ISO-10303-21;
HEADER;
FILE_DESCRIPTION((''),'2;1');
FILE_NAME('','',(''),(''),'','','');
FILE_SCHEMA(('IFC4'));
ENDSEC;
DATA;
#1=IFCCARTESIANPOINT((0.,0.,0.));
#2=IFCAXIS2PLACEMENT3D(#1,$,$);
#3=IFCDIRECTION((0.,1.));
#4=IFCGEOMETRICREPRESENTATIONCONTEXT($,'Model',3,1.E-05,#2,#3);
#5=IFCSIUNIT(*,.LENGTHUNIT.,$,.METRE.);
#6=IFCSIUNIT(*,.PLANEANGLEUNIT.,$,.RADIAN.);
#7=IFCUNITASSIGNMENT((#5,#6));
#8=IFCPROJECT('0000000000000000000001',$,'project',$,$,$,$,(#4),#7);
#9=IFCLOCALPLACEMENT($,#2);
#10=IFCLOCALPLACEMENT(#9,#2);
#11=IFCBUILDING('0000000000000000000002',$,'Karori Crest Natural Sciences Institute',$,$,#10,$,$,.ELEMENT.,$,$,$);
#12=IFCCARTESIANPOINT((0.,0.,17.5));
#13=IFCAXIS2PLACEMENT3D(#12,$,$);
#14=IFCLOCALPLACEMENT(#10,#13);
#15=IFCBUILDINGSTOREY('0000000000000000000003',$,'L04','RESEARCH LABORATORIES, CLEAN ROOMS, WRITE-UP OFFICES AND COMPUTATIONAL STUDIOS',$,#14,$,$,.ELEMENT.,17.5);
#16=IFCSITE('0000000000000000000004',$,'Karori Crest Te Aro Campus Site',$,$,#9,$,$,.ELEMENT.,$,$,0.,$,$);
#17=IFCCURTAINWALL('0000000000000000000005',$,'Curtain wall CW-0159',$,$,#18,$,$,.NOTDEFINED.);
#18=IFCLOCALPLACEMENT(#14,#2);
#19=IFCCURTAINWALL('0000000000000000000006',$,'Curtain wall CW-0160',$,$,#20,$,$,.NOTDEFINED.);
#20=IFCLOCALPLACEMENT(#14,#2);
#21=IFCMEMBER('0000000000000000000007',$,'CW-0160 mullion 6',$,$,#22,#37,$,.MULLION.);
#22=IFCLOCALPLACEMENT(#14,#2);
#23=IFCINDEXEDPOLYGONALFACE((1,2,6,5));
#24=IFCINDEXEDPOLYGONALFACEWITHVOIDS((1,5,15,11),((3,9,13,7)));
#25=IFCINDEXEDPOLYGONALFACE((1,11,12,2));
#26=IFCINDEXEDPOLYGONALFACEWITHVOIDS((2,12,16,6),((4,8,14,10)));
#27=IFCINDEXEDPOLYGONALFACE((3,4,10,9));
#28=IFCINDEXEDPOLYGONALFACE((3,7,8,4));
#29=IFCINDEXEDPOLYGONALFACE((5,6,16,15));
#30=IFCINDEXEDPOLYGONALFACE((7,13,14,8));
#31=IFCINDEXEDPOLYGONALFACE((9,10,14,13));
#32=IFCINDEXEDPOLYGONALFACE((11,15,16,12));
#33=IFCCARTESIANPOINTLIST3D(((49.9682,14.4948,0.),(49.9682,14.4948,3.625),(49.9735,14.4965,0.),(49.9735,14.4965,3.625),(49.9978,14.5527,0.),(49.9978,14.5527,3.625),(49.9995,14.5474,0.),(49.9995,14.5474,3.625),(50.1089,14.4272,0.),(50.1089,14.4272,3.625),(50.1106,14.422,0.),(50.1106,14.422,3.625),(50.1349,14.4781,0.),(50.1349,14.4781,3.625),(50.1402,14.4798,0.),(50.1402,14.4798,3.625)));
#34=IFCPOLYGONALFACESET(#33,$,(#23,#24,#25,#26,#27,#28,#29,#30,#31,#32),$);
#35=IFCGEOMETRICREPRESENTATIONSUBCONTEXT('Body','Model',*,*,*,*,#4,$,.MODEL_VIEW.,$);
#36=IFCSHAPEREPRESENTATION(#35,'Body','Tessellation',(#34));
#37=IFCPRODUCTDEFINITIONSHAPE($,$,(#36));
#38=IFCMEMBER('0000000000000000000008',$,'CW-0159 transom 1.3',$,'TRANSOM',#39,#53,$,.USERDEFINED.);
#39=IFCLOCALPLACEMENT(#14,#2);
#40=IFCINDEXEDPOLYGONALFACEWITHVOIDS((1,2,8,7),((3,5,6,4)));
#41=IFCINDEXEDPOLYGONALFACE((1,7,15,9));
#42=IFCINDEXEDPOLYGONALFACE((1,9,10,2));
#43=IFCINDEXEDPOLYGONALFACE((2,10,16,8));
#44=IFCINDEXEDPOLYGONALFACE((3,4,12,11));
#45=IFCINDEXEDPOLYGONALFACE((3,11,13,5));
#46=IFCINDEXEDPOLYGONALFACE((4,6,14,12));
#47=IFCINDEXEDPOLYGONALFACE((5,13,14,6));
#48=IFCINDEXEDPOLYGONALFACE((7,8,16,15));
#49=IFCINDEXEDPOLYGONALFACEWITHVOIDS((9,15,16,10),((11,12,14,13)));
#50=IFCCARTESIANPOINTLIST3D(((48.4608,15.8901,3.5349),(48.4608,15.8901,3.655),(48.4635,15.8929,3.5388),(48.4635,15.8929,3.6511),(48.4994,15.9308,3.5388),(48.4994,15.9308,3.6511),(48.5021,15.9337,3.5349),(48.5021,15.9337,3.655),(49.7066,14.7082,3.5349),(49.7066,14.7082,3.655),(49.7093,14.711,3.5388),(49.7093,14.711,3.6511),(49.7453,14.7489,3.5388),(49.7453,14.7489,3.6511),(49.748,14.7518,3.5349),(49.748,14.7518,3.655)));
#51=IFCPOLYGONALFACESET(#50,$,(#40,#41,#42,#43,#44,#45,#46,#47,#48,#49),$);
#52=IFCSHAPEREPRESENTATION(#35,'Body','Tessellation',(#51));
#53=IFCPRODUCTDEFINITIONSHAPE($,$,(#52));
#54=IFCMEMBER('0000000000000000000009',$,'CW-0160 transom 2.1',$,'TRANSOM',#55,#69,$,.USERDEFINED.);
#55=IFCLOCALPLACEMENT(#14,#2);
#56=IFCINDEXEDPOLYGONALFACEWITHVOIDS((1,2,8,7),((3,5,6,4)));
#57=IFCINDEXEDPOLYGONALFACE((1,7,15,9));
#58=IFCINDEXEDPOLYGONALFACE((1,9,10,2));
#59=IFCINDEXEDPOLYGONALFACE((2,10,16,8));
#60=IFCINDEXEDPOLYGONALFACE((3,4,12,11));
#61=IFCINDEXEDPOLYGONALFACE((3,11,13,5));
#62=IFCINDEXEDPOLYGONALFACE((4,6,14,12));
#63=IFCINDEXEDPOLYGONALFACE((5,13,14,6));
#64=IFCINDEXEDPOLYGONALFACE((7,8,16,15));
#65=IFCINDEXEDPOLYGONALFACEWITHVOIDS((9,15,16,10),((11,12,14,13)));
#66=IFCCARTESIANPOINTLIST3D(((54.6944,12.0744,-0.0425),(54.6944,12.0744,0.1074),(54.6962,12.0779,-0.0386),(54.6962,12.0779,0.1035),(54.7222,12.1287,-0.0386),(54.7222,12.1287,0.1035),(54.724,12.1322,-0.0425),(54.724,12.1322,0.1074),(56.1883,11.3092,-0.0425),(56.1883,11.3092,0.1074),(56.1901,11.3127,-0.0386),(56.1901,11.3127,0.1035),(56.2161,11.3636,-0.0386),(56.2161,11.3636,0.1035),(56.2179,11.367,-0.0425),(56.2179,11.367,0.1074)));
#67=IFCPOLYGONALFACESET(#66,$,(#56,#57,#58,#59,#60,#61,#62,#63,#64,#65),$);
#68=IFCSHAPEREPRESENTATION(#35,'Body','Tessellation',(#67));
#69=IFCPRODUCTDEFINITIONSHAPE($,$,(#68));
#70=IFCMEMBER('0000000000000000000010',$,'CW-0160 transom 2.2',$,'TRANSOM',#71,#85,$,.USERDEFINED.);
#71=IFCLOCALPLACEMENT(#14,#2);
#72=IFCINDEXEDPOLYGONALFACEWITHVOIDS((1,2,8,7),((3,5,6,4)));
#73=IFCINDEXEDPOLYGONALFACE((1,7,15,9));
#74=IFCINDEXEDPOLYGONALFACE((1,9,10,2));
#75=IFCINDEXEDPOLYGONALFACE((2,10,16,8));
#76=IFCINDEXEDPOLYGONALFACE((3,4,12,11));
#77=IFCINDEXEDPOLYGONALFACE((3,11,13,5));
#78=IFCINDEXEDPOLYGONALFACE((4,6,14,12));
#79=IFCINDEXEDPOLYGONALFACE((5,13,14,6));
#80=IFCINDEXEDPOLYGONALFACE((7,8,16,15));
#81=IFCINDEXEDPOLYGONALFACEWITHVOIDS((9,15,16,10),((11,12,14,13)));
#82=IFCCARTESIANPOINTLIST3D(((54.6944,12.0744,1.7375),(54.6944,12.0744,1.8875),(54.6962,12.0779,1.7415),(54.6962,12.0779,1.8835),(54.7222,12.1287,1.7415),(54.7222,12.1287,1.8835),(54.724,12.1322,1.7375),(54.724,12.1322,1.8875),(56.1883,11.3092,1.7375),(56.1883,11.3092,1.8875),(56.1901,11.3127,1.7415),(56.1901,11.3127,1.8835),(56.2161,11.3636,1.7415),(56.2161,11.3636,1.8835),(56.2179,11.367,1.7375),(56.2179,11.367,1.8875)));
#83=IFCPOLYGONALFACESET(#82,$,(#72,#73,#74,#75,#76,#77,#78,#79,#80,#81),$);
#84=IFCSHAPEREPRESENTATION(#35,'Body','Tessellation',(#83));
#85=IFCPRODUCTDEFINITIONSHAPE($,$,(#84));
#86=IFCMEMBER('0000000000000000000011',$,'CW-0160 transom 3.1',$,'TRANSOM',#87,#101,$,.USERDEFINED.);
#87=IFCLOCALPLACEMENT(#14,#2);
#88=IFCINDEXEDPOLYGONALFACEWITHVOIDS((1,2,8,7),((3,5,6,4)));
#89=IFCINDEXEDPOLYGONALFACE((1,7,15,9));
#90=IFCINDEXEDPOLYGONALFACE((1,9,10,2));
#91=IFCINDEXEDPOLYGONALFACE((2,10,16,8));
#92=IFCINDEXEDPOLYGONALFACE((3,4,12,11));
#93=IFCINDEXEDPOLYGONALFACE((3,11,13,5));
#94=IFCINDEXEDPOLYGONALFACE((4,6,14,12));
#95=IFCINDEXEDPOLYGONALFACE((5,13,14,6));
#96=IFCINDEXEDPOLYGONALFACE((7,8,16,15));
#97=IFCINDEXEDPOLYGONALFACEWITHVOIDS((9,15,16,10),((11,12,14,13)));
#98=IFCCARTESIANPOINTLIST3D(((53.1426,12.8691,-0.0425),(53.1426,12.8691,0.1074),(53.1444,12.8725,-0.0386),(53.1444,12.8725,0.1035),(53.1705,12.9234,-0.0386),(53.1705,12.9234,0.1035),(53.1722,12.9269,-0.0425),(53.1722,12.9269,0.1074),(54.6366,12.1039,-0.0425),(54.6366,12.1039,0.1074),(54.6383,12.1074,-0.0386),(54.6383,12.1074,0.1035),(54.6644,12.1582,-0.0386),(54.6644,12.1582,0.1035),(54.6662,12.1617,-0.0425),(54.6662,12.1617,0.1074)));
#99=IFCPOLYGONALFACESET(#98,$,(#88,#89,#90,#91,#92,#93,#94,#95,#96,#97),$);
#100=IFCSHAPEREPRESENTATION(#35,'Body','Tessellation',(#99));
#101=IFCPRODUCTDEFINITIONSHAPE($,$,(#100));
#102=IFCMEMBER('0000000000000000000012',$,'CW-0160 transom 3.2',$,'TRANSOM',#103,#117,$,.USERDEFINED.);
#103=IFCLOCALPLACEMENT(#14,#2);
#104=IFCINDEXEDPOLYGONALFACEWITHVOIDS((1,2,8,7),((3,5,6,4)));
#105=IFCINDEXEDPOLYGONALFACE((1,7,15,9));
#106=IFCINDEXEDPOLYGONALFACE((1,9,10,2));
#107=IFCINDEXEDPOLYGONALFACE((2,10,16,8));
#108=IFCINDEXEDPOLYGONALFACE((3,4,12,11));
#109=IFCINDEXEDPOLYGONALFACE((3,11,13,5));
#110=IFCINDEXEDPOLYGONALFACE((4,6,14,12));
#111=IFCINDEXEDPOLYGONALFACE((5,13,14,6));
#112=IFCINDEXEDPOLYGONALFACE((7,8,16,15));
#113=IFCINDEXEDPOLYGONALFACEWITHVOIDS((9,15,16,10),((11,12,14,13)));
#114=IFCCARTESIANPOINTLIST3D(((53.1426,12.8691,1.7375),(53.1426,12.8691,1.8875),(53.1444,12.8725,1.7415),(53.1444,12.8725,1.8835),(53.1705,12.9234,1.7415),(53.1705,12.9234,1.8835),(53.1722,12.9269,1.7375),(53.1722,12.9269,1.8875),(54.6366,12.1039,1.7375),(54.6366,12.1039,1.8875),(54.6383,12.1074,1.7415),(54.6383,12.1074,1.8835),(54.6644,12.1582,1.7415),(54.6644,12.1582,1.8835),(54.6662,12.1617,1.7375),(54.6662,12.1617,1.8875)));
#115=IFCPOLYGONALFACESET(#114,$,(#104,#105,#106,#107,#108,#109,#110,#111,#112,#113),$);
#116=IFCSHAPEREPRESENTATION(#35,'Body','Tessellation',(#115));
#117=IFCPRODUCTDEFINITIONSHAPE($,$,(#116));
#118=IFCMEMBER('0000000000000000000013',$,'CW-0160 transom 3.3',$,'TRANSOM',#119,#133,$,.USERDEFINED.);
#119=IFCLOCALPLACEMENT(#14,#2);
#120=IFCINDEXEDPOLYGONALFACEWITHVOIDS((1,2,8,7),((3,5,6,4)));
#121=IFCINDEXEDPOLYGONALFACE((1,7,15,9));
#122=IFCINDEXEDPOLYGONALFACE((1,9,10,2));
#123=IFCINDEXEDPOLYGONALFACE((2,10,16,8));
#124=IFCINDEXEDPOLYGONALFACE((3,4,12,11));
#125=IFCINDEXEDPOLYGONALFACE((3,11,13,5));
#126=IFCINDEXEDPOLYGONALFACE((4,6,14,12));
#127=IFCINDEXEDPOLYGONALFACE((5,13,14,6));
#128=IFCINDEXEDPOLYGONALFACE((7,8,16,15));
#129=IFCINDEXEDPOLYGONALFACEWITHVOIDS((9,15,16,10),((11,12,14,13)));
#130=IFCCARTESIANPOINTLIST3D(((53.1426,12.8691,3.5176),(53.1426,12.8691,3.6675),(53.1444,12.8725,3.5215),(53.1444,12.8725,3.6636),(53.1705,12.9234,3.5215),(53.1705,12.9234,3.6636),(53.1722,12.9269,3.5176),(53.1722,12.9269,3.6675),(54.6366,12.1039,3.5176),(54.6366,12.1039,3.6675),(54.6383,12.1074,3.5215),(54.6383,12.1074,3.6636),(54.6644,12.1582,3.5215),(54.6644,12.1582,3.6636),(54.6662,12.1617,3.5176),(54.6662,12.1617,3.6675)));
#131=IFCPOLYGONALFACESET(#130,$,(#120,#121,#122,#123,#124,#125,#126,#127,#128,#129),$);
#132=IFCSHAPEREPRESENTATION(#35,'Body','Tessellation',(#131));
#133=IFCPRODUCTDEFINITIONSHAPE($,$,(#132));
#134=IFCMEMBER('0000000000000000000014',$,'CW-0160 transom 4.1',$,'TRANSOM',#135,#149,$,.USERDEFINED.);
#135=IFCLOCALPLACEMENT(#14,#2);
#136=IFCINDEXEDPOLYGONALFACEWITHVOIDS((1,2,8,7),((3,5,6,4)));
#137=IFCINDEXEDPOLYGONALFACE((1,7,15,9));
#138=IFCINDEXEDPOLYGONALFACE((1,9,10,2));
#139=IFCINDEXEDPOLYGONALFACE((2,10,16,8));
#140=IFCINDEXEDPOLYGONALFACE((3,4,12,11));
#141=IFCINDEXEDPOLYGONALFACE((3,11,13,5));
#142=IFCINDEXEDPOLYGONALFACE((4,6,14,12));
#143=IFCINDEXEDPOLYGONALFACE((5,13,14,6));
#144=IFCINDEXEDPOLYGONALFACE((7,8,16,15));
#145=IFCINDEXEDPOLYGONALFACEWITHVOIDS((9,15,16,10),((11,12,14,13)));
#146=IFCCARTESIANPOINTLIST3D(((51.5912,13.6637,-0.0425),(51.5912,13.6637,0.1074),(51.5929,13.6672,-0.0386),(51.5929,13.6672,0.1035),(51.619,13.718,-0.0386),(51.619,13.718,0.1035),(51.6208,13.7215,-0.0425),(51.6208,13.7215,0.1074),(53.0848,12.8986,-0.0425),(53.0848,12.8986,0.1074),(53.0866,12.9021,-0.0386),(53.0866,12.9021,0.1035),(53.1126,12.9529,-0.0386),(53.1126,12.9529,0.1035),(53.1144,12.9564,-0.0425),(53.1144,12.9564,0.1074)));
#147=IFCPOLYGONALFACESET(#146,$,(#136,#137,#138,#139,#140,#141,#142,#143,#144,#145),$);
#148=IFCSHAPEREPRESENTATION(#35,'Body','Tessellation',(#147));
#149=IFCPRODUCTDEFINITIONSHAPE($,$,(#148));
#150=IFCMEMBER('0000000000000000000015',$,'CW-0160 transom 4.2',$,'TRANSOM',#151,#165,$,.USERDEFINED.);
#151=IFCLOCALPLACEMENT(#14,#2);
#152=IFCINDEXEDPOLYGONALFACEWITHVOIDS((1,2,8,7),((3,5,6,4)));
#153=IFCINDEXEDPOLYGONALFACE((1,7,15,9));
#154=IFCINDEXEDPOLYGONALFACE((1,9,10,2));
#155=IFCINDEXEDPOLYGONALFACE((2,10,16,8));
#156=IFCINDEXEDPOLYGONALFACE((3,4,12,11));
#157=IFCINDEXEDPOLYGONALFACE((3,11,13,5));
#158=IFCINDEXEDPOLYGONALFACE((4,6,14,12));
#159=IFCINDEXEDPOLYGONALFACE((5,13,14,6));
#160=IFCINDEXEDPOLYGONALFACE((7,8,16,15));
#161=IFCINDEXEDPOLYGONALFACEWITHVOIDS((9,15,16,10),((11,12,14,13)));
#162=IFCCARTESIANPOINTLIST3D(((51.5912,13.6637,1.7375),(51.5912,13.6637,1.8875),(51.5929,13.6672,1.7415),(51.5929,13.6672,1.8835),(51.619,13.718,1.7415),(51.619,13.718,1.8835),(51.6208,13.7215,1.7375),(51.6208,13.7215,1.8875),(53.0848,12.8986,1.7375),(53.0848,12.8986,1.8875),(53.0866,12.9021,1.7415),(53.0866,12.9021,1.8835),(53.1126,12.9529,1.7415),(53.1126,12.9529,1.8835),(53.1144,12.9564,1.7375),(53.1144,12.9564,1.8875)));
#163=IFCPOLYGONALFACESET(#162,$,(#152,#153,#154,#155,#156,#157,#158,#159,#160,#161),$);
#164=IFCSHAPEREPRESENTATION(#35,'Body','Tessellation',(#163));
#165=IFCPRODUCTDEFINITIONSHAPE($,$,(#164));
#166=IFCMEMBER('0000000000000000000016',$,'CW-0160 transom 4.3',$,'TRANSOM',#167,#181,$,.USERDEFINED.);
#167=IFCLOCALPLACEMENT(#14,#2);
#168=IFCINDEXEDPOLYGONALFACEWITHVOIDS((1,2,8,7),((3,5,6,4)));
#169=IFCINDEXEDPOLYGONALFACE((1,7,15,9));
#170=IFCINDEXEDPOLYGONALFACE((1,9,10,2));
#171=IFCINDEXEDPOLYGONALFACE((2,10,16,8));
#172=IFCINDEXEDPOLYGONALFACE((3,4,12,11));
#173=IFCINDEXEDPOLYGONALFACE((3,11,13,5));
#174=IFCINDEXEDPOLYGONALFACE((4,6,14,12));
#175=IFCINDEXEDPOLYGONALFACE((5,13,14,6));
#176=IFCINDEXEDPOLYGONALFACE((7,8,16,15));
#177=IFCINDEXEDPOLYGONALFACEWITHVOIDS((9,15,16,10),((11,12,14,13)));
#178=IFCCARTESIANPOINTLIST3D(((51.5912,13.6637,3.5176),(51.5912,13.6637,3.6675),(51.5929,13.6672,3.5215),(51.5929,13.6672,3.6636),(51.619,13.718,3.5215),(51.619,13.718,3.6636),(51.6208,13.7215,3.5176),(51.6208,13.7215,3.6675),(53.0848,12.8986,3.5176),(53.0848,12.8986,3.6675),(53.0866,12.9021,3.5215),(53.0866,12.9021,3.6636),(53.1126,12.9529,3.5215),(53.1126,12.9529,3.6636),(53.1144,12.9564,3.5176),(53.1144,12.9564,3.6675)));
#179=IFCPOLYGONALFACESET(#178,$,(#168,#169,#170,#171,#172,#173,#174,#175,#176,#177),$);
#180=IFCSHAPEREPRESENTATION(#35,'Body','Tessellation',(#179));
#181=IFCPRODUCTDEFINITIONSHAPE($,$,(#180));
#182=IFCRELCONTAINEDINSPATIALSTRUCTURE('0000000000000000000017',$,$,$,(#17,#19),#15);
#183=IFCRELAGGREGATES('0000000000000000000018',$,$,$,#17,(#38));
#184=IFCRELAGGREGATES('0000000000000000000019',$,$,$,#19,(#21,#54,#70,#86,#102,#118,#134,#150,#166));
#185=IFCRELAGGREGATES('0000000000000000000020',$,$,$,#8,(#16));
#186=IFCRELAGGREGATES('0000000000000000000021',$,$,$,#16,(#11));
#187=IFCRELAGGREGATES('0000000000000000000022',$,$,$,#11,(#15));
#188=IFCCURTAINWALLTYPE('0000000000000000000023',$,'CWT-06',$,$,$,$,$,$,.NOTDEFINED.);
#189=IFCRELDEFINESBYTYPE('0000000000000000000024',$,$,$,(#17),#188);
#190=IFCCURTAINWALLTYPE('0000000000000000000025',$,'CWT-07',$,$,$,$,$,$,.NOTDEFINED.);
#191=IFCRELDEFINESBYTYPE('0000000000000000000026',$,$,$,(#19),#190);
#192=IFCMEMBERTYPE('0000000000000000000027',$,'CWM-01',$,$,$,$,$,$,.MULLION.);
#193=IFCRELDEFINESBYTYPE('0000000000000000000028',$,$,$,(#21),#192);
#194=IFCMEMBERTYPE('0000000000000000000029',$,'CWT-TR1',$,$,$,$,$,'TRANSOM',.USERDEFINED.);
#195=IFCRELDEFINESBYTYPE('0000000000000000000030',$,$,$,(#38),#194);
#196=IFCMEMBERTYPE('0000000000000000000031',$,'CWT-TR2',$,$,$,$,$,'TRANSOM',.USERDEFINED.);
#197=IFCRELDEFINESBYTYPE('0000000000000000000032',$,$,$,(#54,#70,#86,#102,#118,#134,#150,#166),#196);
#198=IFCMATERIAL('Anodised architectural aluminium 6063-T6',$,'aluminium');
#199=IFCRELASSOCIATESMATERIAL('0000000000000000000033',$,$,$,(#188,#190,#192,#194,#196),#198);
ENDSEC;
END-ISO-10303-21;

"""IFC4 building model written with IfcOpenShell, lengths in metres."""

from ifc_helpers import new_model, si_unit, direction, frame, origin, origin_2d, place, context, subcontext, project, spatial, hollow_rectangle, extrude, material, material_profile, profile_set, type_object, element, aggregate, save


model = new_model("IFC4")

# Units and contexts
model_context = context("Model", 3, precision=1e-05, world=origin(), true_north=direction((0.0, 1.0)))
body_context = subcontext(model_context, "Body", "Model", "MODEL_VIEW")
ifc_project = project(units=[si_unit("LENGTHUNIT", "METRE"), si_unit("PLANEANGLEUNIT", "RADIAN")], contexts=[model_context])

# Site, building, storey
site_placement = place(None, origin())
site = spatial("IfcSite", under=ifc_project, at=site_placement, Name="Karori Crest Te Aro Campus Site", CompositionType="ELEMENT", RefElevation=0.0)
building_placement = place(site_placement, origin())
building = spatial("IfcBuilding", under=site, at=building_placement, Name="Karori Crest Natural Sciences Institute", CompositionType="ELEMENT")
storey_placement = place(building_placement, frame((0.0, 0.0, 17.5)))
storey = spatial("IfcBuildingStorey", under=building, at=storey_placement, Name="L04", Description="RESEARCH LABORATORIES, CLEAN ROOMS, WRITE-UP OFFICES AND COMPUTATIONAL STUDIOS", CompositionType="ELEMENT", Elevation=17.5)

# Curtain wall
ifc_material_1 = material(Name="Anodised architectural aluminium 6063-T6", Category="aluminium")
curtain_wall_type_1 = type_object("IfcCurtainWallType", Name="CWT-06", PredefinedType="NOTDEFINED", material=ifc_material_1)
curtain_wall_1_placement = place(storey_placement, origin())
curtain_wall_1 = element("IfcCurtainWall", 1, at=curtain_wall_1_placement, inside=storey, type_object=curtain_wall_type_1, Name="Curtain wall CW-0159", PredefinedType="NOTDEFINED")
ifc_material_profile_1 = material_profile(ifc_material_1, hollow_rectangle(XDim=0.0649, YDim=0.1599, WallThickness=0.0039, at=origin_2d()), Name="CWM160x65x4")
ifc_profile_set_1 = profile_set([ifc_material_profile_1], Name="Anodised architectural aluminium 6063-T6")
member_type_1 = type_object("IfcMemberType", Name="CWM-01", PredefinedType="MULLION", material=ifc_profile_set_1)

# Curtain wall, member
curtain_wall_type_2 = type_object("IfcCurtainWallType", Name="CWT-07", PredefinedType="NOTDEFINED", material=ifc_material_1)
curtain_wall_2_placement = place(storey_placement, origin())
curtain_wall_2 = element("IfcCurtainWall", 2, at=curtain_wall_2_placement, inside=storey, type_object=curtain_wall_type_2, Name="Curtain wall CW-0160", PredefinedType="NOTDEFINED")
member_1_placement = place(storey_placement, frame((50.0542, 14.4873, 0.0), z_axis=(0.0, 0.0, 1.0), x_axis=(-0.455829, -0.890067, 0.0)))
member_1 = element("IfcMember", 3, at=member_1_placement, type_object=member_type_1, Name="CW-0160 mullion 6", PredefinedType="MULLION", context=body_context, shape_type="SweptSolid", body=[
    extrude(hollow_rectangle(XDim=0.0649, YDim=0.1599, WallThickness=0.0039, at=origin_2d()), origin(), (0.0, 0.0, 1.0), 3.625),
])

# Members
ifc_material_profile_2 = material_profile(ifc_material_1, hollow_rectangle(XDim=0.0601, YDim=0.1201, WallThickness=0.0039, at=origin_2d()), Name="CWT120x60x4")
ifc_profile_set_2 = profile_set([ifc_material_profile_2], Name="Anodised architectural aluminium 6063-T6")
member_type_2 = type_object("IfcMemberType", Name="CWT-TR1", ElementType="TRANSOM", PredefinedType="USERDEFINED", material=ifc_profile_set_2)
member_2_placement = place(storey_placement, frame((49.7273, 14.73, 3.595), z_axis=(-0.725486, 0.688237, 0.0), x_axis=(-0.688237, -0.725486, 0.0)))
member_2 = element("IfcMember", 4, at=member_2_placement, type_object=member_type_2, Name="CW-0159 transom 1.3", ObjectType="TRANSOM", PredefinedType="USERDEFINED", context=body_context, shape_type="SweptSolid", body=[
    extrude(hollow_rectangle(XDim=0.0601, YDim=0.1201, WallThickness=0.0039, at=origin_2d()), origin(), (0.0, 0.0, 1.0), 1.7173),
])
aggregate(curtain_wall_1, [member_2])
ifc_material_profile_3 = material_profile(ifc_material_1, hollow_rectangle(XDim=0.0649, YDim=0.1499, WallThickness=0.0039, at=origin_2d()), Name="CWT150x65x4")
ifc_profile_set_3 = profile_set([ifc_material_profile_3], Name="Anodised architectural aluminium 6063-T6")
member_type_3 = type_object("IfcMemberType", Name="CWT-TR2", ElementType="TRANSOM", PredefinedType="USERDEFINED", material=ifc_profile_set_3)
member_3_placement = place(storey_placement, frame((56.2031, 11.3381, 0.0325), z_axis=(-0.890051, 0.455862, 0.0), x_axis=(-0.455862, -0.890051, 0.0)))
member_3 = element("IfcMember", 5, at=member_3_placement, type_object=member_type_3, Name="CW-0160 transom 2.1", ObjectType="TRANSOM", PredefinedType="USERDEFINED", context=body_context, shape_type="SweptSolid", body=[
    extrude(hollow_rectangle(XDim=0.0649, YDim=0.1499, WallThickness=0.0039, at=origin_2d()), origin(), (0.0, 0.0, 1.0), 1.6785),
])
member_4_placement = place(storey_placement, frame((56.2031, 11.3381, 1.8125), z_axis=(-0.890051, 0.455862, 0.0), x_axis=(-0.455862, -0.890051, 0.0)))
member_4 = element("IfcMember", 6, at=member_4_placement, type_object=member_type_3, Name="CW-0160 transom 2.2", ObjectType="TRANSOM", PredefinedType="USERDEFINED", context=body_context, shape_type="SweptSolid", body=[
    extrude(hollow_rectangle(XDim=0.0649, YDim=0.1499, WallThickness=0.0039, at=origin_2d()), origin(), (0.0, 0.0, 1.0), 1.6785),
])
member_5_placement = place(storey_placement, frame((54.6514, 12.1328, 0.0325), z_axis=(-0.890051, 0.455862, 0.0), x_axis=(-0.455862, -0.890051, 0.0)))
member_5 = element("IfcMember", 7, at=member_5_placement, type_object=member_type_3, Name="CW-0160 transom 3.1", ObjectType="TRANSOM", PredefinedType="USERDEFINED", context=body_context, shape_type="SweptSolid", body=[
    extrude(hollow_rectangle(XDim=0.0649, YDim=0.1499, WallThickness=0.0039, at=origin_2d()), origin(), (0.0, 0.0, 1.0), 1.6785),
])
member_6_placement = place(storey_placement, frame((54.6514, 12.1328, 1.8125), z_axis=(-0.890051, 0.455862, 0.0), x_axis=(-0.455862, -0.890051, 0.0)))
member_6 = element("IfcMember", 8, at=member_6_placement, type_object=member_type_3, Name="CW-0160 transom 3.2", ObjectType="TRANSOM", PredefinedType="USERDEFINED", context=body_context, shape_type="SweptSolid", body=[
    extrude(hollow_rectangle(XDim=0.0649, YDim=0.1499, WallThickness=0.0039, at=origin_2d()), origin(), (0.0, 0.0, 1.0), 1.6785),
])
member_7_placement = place(storey_placement, frame((54.6514, 12.1328, 3.5925), z_axis=(-0.890051, 0.455862, 0.0), x_axis=(-0.455862, -0.890051, 0.0)))
member_7 = element("IfcMember", 9, at=member_7_placement, type_object=member_type_3, Name="CW-0160 transom 3.3", ObjectType="TRANSOM", PredefinedType="USERDEFINED", context=body_context, shape_type="SweptSolid", body=[
    extrude(hollow_rectangle(XDim=0.0649, YDim=0.1499, WallThickness=0.0039, at=origin_2d()), origin(), (0.0, 0.0, 1.0), 1.6785),
])
member_8_placement = place(storey_placement, frame((53.0996, 12.9275, 0.0325), z_axis=(-0.89002, 0.455921, 0.0), x_axis=(-0.455921, -0.89002, 0.0)))
member_8 = element("IfcMember", 10, at=member_8_placement, type_object=member_type_3, Name="CW-0160 transom 4.1", ObjectType="TRANSOM", PredefinedType="USERDEFINED", context=body_context, shape_type="SweptSolid", body=[
    extrude(hollow_rectangle(XDim=0.0649, YDim=0.1499, WallThickness=0.0039, at=origin_2d()), origin(), (0.0, 0.0, 1.0), 1.6782),
])
member_9_placement = place(storey_placement, frame((53.0996, 12.9275, 1.8125), z_axis=(-0.89002, 0.455921, 0.0), x_axis=(-0.455921, -0.89002, 0.0)))
member_9 = element("IfcMember", 11, at=member_9_placement, type_object=member_type_3, Name="CW-0160 transom 4.2", ObjectType="TRANSOM", PredefinedType="USERDEFINED", context=body_context, shape_type="SweptSolid", body=[
    extrude(hollow_rectangle(XDim=0.0649, YDim=0.1499, WallThickness=0.0039, at=origin_2d()), origin(), (0.0, 0.0, 1.0), 1.6782),
])
member_10_placement = place(storey_placement, frame((53.0996, 12.9275, 3.5925), z_axis=(-0.89002, 0.455921, 0.0), x_axis=(-0.455921, -0.89002, 0.0)))
member_10 = element("IfcMember", 12, at=member_10_placement, type_object=member_type_3, Name="CW-0160 transom 4.3", ObjectType="TRANSOM", PredefinedType="USERDEFINED", context=body_context, shape_type="SweptSolid", body=[
    extrude(hollow_rectangle(XDim=0.0649, YDim=0.1499, WallThickness=0.0039, at=origin_2d()), origin(), (0.0, 0.0, 1.0), 1.6782),
])

aggregate(curtain_wall_2, [member_1, member_3, member_4, member_5, member_6, member_7, member_8, member_9, member_10])

save(model, "model.ifc")
